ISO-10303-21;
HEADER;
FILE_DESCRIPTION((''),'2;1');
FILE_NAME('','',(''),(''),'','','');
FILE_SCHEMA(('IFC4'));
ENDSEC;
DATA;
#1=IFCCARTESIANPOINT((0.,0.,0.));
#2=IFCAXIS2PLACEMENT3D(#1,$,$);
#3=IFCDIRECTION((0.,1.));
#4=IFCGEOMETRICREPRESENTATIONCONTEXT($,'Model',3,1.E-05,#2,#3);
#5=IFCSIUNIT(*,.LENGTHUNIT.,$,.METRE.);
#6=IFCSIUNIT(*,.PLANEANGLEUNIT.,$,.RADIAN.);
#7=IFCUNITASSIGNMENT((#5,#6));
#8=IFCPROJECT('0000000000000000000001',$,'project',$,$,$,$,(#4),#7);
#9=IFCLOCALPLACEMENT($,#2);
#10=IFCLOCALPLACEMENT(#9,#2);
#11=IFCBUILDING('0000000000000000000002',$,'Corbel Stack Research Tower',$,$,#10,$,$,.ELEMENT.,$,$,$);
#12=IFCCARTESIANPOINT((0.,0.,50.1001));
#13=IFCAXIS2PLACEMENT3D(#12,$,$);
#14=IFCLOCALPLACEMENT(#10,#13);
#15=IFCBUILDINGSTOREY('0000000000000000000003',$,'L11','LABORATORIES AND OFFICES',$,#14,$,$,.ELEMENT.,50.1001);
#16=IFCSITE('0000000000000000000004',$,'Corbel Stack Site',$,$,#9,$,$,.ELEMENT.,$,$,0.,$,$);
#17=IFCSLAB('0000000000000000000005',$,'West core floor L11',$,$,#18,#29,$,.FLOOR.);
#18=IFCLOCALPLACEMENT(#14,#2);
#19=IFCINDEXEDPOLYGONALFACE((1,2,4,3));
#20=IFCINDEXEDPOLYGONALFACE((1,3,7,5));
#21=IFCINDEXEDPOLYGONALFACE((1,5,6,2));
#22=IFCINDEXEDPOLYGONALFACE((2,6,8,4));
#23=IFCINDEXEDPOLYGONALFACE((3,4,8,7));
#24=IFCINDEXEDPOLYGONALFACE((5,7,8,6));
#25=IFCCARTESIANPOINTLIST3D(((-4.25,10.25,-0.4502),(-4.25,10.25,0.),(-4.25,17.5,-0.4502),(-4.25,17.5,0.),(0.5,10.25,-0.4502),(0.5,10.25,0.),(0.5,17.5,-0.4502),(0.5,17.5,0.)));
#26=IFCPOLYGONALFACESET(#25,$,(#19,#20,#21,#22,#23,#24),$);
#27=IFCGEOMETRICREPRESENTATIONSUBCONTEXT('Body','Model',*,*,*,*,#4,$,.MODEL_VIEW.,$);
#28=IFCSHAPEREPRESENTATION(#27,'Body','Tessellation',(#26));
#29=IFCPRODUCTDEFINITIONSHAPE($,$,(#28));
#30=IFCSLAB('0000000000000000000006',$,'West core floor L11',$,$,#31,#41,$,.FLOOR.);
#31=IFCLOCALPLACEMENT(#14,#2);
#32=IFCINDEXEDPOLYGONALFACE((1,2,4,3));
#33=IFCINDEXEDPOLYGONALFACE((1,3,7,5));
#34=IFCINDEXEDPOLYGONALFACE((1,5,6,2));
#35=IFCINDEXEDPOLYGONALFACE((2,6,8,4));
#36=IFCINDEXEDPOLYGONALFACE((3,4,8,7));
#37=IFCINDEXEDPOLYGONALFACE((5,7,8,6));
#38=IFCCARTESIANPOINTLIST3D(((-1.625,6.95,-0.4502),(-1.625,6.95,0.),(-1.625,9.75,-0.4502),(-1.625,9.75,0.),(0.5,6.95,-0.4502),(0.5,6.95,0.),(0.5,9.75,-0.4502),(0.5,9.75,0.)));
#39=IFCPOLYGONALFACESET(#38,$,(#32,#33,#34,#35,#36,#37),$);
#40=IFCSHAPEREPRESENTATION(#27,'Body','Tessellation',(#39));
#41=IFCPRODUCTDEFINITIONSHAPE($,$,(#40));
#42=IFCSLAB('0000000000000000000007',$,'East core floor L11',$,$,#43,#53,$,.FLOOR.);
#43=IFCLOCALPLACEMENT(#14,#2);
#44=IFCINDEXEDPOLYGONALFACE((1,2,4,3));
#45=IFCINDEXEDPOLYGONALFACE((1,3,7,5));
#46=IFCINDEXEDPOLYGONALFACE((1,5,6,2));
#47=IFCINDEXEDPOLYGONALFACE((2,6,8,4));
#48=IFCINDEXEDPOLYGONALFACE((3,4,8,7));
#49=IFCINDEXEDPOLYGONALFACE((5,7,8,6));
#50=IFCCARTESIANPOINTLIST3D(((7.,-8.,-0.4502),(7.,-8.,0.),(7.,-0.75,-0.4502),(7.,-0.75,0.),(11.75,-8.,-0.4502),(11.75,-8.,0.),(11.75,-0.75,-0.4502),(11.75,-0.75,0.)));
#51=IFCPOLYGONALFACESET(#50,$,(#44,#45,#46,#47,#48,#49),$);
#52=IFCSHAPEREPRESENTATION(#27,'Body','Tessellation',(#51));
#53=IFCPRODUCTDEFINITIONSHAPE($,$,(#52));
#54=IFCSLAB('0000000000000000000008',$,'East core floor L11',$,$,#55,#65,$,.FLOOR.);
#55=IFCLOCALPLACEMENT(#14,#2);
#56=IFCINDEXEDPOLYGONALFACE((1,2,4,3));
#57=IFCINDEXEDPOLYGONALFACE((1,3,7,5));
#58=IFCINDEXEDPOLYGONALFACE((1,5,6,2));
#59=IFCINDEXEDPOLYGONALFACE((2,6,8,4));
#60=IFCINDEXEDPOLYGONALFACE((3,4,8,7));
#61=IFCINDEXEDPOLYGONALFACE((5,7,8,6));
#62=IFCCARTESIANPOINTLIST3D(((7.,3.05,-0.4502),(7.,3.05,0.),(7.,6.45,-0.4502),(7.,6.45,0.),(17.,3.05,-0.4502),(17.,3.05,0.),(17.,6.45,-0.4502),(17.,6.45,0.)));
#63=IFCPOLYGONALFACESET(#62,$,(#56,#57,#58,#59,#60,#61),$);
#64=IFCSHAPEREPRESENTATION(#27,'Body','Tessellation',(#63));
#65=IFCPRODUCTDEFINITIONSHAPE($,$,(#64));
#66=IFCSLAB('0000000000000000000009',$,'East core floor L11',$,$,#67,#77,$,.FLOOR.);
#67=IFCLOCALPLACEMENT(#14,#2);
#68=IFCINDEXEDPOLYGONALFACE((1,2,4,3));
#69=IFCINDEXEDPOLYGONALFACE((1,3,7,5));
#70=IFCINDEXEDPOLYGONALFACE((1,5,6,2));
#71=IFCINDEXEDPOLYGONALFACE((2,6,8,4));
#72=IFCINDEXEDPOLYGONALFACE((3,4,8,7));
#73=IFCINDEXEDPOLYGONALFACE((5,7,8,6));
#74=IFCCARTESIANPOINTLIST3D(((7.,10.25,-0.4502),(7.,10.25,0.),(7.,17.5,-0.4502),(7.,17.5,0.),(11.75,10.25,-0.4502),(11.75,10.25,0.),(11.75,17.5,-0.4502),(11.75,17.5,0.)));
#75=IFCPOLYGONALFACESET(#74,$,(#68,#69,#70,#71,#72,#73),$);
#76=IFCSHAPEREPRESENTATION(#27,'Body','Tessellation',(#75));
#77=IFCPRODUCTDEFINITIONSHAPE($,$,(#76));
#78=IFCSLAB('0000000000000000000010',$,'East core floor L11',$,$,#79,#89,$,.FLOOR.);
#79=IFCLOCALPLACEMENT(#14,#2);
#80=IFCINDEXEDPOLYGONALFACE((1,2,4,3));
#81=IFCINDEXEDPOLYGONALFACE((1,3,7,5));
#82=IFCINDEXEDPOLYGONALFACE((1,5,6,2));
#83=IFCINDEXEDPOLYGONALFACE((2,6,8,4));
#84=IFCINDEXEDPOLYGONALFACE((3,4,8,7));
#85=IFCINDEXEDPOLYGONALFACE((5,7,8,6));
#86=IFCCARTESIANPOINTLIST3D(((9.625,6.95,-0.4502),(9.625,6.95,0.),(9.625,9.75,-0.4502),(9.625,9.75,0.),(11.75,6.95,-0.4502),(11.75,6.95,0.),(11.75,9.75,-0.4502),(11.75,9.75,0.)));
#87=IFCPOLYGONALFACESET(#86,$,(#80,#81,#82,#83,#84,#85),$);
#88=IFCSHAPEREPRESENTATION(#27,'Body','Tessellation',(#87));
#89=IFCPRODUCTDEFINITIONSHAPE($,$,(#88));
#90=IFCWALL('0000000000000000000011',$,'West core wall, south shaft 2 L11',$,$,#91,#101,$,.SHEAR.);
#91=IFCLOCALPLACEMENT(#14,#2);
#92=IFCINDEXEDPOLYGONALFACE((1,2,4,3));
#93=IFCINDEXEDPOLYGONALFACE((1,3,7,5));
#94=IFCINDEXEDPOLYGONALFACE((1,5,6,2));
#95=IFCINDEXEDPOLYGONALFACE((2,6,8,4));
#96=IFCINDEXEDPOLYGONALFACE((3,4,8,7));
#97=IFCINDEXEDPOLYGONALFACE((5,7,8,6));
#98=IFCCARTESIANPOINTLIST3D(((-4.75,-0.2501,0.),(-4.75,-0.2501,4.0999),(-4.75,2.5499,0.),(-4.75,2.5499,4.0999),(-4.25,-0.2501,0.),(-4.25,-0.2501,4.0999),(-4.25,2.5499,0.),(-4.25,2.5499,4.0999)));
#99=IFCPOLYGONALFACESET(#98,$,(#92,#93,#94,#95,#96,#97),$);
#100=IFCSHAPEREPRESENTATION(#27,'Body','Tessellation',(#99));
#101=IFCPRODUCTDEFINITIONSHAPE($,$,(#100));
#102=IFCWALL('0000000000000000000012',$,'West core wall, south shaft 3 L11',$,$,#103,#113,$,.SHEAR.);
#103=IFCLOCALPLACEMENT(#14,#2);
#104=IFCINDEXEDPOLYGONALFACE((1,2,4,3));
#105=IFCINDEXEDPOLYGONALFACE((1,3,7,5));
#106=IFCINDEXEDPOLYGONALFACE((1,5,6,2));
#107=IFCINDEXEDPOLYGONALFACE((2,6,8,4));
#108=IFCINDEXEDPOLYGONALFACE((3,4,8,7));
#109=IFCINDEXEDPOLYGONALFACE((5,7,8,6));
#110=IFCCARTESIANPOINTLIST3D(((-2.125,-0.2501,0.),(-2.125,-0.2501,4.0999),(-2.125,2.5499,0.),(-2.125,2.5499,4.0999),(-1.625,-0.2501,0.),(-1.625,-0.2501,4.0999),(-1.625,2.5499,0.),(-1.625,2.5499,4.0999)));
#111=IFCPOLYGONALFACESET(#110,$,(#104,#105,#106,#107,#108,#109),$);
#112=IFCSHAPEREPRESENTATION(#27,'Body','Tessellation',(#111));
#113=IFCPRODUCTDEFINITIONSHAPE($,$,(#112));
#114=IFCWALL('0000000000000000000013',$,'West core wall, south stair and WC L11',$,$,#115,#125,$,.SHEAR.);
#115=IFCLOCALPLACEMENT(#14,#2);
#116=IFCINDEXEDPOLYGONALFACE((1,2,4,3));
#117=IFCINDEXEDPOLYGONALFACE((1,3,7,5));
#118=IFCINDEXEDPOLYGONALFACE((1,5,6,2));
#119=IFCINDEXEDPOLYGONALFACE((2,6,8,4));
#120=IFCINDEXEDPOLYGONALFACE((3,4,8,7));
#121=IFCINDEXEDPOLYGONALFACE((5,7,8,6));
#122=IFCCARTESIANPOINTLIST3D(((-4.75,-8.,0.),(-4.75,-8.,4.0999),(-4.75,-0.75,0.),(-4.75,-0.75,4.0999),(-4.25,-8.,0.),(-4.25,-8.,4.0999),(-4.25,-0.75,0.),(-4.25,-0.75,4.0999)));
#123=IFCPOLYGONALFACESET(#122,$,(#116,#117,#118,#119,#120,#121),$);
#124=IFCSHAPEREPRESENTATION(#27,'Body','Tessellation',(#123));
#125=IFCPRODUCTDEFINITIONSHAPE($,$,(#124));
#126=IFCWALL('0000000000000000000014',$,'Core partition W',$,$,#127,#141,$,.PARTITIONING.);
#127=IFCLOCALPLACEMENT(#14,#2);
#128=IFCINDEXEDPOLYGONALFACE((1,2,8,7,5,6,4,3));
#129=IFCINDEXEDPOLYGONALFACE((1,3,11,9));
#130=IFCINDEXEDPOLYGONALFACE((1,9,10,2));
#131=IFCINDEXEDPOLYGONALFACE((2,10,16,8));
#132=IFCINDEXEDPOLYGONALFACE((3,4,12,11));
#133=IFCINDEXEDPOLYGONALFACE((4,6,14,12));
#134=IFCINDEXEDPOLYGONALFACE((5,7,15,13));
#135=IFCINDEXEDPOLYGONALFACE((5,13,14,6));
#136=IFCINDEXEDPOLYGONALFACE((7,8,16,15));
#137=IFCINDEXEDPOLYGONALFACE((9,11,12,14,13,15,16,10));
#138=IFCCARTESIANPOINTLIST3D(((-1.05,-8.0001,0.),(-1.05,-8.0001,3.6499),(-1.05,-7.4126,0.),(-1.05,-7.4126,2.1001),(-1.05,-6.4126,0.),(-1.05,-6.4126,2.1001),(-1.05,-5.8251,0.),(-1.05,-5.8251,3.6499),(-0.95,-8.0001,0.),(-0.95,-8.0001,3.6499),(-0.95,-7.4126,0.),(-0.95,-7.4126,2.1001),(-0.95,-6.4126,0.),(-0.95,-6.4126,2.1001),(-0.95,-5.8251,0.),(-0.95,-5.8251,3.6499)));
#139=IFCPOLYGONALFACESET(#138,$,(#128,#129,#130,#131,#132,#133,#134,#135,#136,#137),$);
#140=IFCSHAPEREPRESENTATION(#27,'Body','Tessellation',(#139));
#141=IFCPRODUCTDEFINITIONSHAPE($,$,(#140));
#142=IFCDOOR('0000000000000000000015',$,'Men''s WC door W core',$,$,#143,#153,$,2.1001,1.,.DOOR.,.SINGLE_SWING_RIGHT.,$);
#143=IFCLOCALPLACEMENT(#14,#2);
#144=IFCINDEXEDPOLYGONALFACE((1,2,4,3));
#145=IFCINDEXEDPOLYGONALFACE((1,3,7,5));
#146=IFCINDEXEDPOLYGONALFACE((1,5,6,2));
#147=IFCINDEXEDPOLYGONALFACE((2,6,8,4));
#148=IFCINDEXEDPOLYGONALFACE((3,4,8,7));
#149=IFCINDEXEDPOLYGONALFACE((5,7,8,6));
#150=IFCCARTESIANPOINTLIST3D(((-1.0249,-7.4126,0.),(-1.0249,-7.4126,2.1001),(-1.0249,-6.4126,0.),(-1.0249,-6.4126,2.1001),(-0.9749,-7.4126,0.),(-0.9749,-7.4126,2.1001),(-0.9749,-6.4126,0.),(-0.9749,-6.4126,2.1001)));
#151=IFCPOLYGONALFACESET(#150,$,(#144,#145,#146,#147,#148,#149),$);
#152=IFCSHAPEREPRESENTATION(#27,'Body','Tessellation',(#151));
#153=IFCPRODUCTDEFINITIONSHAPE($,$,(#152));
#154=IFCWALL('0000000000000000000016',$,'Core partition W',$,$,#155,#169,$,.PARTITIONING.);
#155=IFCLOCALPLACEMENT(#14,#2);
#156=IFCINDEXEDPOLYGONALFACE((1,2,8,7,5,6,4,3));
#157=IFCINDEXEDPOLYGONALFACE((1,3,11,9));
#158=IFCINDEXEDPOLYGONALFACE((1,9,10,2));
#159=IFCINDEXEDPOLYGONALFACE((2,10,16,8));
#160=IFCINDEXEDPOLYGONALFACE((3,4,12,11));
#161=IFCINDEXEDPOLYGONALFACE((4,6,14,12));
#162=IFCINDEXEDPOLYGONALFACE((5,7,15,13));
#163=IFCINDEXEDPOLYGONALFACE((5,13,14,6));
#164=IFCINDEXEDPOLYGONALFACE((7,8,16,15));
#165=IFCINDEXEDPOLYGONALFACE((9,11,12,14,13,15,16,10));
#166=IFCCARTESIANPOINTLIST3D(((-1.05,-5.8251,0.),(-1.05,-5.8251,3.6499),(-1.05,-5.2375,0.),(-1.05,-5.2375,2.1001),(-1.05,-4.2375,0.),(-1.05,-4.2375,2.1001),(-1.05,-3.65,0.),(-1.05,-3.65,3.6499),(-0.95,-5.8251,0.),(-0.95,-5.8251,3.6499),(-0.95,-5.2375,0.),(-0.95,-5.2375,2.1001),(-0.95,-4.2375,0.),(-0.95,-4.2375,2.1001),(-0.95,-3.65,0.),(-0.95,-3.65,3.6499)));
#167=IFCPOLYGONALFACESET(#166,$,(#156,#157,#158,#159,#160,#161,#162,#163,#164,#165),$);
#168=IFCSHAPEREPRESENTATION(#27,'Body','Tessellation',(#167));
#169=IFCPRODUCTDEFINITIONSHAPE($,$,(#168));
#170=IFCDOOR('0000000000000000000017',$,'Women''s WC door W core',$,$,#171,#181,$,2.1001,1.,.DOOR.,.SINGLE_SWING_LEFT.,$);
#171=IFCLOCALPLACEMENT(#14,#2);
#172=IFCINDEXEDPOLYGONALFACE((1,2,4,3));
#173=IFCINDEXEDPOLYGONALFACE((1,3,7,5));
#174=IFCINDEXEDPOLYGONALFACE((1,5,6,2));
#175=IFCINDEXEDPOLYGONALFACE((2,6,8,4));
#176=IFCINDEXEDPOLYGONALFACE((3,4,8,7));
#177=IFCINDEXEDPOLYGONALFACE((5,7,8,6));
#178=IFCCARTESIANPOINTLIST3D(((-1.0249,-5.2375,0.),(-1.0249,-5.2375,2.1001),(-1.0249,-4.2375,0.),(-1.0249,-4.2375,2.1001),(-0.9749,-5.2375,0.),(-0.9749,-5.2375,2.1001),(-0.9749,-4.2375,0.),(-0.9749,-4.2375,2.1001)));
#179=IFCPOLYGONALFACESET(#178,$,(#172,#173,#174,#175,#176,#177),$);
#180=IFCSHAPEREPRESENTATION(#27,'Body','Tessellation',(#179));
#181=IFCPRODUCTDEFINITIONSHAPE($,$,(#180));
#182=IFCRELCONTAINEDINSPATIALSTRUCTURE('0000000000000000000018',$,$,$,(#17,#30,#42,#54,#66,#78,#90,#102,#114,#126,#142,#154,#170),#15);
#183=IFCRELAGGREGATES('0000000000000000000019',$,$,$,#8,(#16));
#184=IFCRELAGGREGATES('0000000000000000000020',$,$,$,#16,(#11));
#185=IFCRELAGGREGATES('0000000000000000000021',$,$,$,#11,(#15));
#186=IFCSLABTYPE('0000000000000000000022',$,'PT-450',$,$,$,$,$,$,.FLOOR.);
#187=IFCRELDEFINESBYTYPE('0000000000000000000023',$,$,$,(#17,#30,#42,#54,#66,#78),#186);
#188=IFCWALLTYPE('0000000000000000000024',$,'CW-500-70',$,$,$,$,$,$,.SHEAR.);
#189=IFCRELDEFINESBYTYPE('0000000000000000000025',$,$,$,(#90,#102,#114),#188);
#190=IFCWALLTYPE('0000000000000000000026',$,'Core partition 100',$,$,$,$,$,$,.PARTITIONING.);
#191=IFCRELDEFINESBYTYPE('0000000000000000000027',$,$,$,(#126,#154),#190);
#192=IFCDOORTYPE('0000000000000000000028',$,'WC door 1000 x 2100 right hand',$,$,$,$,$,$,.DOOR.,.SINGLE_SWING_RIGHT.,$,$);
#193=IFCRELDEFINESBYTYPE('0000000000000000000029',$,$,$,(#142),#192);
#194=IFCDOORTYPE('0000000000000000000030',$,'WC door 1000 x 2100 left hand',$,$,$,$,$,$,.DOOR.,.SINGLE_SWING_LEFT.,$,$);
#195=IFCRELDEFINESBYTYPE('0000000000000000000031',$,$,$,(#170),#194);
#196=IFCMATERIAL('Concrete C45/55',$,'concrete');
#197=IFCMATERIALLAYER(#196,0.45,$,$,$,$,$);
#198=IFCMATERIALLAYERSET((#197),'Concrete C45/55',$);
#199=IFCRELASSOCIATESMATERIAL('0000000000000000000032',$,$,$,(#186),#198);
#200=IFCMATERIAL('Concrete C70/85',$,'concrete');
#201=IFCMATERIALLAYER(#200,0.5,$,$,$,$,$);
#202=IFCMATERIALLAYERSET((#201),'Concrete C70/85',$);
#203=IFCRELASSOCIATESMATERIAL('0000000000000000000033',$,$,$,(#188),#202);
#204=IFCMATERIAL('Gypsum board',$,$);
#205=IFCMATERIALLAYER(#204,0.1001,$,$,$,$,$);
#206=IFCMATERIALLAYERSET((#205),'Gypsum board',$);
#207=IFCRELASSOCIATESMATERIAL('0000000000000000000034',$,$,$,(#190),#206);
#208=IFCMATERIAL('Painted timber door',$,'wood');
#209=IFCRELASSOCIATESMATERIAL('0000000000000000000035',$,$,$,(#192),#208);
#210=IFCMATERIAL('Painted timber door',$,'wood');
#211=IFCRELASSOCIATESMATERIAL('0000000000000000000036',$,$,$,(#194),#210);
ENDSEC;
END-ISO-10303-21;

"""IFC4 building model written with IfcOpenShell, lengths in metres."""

from ifc_helpers import new_model, si_unit, direction, frame, frame_2d, origin, place, context, subcontext, project, spatial, polyline, rectangle, outline, extrude, material, layer, layer_set, type_object, element, fill, save


model = new_model("IFC4")

# Units and contexts
model_context = context("Model", 3, precision=1e-05, world=origin(), true_north=direction((0.0, 1.0)))
body_context = subcontext(model_context, "Body", "Model", "MODEL_VIEW")
ifc_project = project(units=[si_unit("LENGTHUNIT", "METRE"), si_unit("PLANEANGLEUNIT", "RADIAN")], contexts=[model_context])

# Site, building, storey
site_placement = place(None, origin())
site = spatial("IfcSite", under=ifc_project, at=site_placement, Name="Corbel Stack Site", CompositionType="ELEMENT", RefElevation=0.0)
building_placement = place(site_placement, origin())
building = spatial("IfcBuilding", under=site, at=building_placement, Name="Corbel Stack Research Tower", CompositionType="ELEMENT")
storey_placement = place(building_placement, frame((0.0, 0.0, 50.1001)))
storey = spatial("IfcBuildingStorey", under=building, at=storey_placement, Name="L11", Description="LABORATORIES AND OFFICES", CompositionType="ELEMENT", Elevation=50.1001)

# Slabs
ifc_material_1 = material(Name="Concrete C45/55", Category="concrete")
ifc_layer_1 = layer(ifc_material_1, 0.45)
ifc_layer_set_1 = layer_set([ifc_layer_1], Name="Concrete C45/55")
slab_type = type_object("IfcSlabType", Name="PT-450", PredefinedType="FLOOR", material=ifc_layer_set_1)
slab_1_placement = place(storey_placement, frame((0.0, 0.0, -0.4502)))
element("IfcSlab", 1, at=slab_1_placement, inside=storey, type_object=slab_type, Name="West core floor L11", PredefinedType="FLOOR", context=body_context, shape_type="SweptSolid", body=[
    extrude(outline(polyline([(-4.25, 17.5), (-4.25, 10.25), (0.5, 10.25), (0.5, 17.5), (-4.25, 17.5)])), origin(), (0.0, 0.0, 1.0), 0.4502),
])
slab_2_placement = place(storey_placement, frame((0.0, 0.0, -0.4502)))
element("IfcSlab", 2, at=slab_2_placement, inside=storey, type_object=slab_type, Name="West core floor L11", PredefinedType="FLOOR", context=body_context, shape_type="SweptSolid", body=[
    extrude(outline(polyline([(0.5, 6.95), (0.5, 9.75), (-1.625, 9.75), (-1.625, 6.95), (0.5, 6.95)])), origin(), (0.0, 0.0, 1.0), 0.4502),
])
slab_3_placement = place(storey_placement, frame((0.0, 0.0, -0.4502)))
element("IfcSlab", 3, at=slab_3_placement, inside=storey, type_object=slab_type, Name="East core floor L11", PredefinedType="FLOOR", context=body_context, shape_type="SweptSolid", body=[
    extrude(outline(polyline([(7.0, -0.75), (7.0, -8.0), (11.75, -8.0), (11.75, -0.75), (7.0, -0.75)])), origin(), (0.0, 0.0, 1.0), 0.4502),
])
slab_4_placement = place(storey_placement, frame((0.0, 0.0, -0.4502)))
element("IfcSlab", 4, at=slab_4_placement, inside=storey, type_object=slab_type, Name="East core floor L11", PredefinedType="FLOOR", context=body_context, shape_type="SweptSolid", body=[
    extrude(outline(polyline([(7.0, 6.45), (7.0, 3.05), (17.0, 3.05), (17.0, 6.45), (7.0, 6.45)])), origin(), (0.0, 0.0, 1.0), 0.4502),
])
slab_5_placement = place(storey_placement, frame((0.0, 0.0, -0.4502)))
element("IfcSlab", 5, at=slab_5_placement, inside=storey, type_object=slab_type, Name="East core floor L11", PredefinedType="FLOOR", context=body_context, shape_type="SweptSolid", body=[
    extrude(outline(polyline([(7.0, 17.5), (7.0, 10.25), (11.75, 10.25), (11.75, 17.5), (7.0, 17.5)])), origin(), (0.0, 0.0, 1.0), 0.4502),
])
slab_6_placement = place(storey_placement, frame((0.0, 0.0, -0.4502)))
element("IfcSlab", 6, at=slab_6_placement, inside=storey, type_object=slab_type, Name="East core floor L11", PredefinedType="FLOOR", context=body_context, shape_type="SweptSolid", body=[
    extrude(outline(polyline([(9.625, 6.95), (11.75, 6.95), (11.75, 9.75), (9.625, 9.75), (9.625, 6.95)])), origin(), (0.0, 0.0, 1.0), 0.4502),
])

# Walls
ifc_material_2 = material(Name="Concrete C70/85", Category="concrete")
ifc_layer_2 = layer(ifc_material_2, 0.5)
ifc_layer_set_2 = layer_set([ifc_layer_2], Name="Concrete C70/85")
wall_type_1 = type_object("IfcWallType", Name="CW-500-70", PredefinedType="SHEAR", material=ifc_layer_set_2)
for number, where, z_axis, x_axis, name in (
    (7, (-4.5, -0.25, 0.0), (0.0, 0.0, 1.0), (0.0, 1.0, 0.0), "West core wall, south shaft 2 L11"),
    (8, (-1.875, -0.25, 0.0), (0.0, 0.0, 1.0), (0.0, 1.0, 0.0), "West core wall, south shaft 3 L11"),
):
    element("IfcWall", number, at=place(storey_placement, frame(where, z_axis=z_axis, x_axis=x_axis)), inside=storey, type_object=wall_type_1, Name=name, PredefinedType="SHEAR", context=body_context, shape_type="SweptSolid", body=[
        extrude(rectangle(XDim=2.8, YDim=0.5, at=frame_2d((1.3999, 0.0))), origin(), (0.0, 0.0, 1.0), 4.0999),
    ])
wall_1_placement = place(storey_placement, frame((-4.5, -8.0, 0.0), z_axis=(0.0, 0.0, 1.0), x_axis=(0.0, 1.0, 0.0)))
element("IfcWall", 9, at=wall_1_placement, inside=storey, type_object=wall_type_1, Name="West core wall, south stair and WC L11", PredefinedType="SHEAR", context=body_context, shape_type="SweptSolid", body=[
    extrude(rectangle(XDim=7.25, YDim=0.5, at=frame_2d((3.625, 0.0))), origin(), (0.0, 0.0, 1.0), 4.0999),
])

# Walls, openings, doors
ifc_material_3 = material(Name="Gypsum board")
ifc_layer_3 = layer(ifc_material_3, 0.1001)
ifc_layer_set_3 = layer_set([ifc_layer_3], Name="Gypsum board")
wall_type_2 = type_object("IfcWallType", Name="Core partition 100", PredefinedType="PARTITIONING", material=ifc_layer_set_3)
wall_2_placement = place(storey_placement, frame((-1.0, -8.0, 0.0), z_axis=(0.0, 0.0, 1.0), x_axis=(0.0, 1.0, 0.0)))
wall_2 = element("IfcWall", 10, at=wall_2_placement, inside=storey, type_object=wall_type_2, Name="Core partition W", PredefinedType="PARTITIONING", context=body_context, shape_type="SweptSolid", body=[
    extrude(rectangle(XDim=2.175, YDim=0.1001, at=frame_2d((1.0874, 0.0))), origin(), (0.0, 0.0, 1.0), 3.6499),
])
opening_1_placement = place(wall_2_placement, frame((0.5874, 0.0, 0.0)))
opening_1 = element("IfcOpeningElement", 11, at=opening_1_placement, cuts=wall_2, PredefinedType="OPENING", context=body_context, shape_type="SweptSolid", body=[
    extrude(rectangle(XDim=1.0, YDim=2.1001, at=frame_2d((0.5, 1.05))), frame((0.0, 0.0601, 0.0), z_axis=(0.0, -1.0, 0.0), x_axis=(1.0, 0.0, 0.0)), (0.0, 0.0, 1.0), 0.1201),
])
ifc_material_4 = material(Name="Painted timber door", Category="wood")
door_type_1 = type_object("IfcDoorType", Name="WC door 1000 x 2100 right hand", OperationType="SINGLE_SWING_RIGHT", PredefinedType="DOOR", material=ifc_material_4)
door_1_placement = place(opening_1_placement, origin())
door_1 = element("IfcDoor", 12, at=door_1_placement, inside=storey, type_object=door_type_1, Name="Men's WC door W core", OperationType="SINGLE_SWING_RIGHT", OverallHeight=2.1001, OverallWidth=1.0, PredefinedType="DOOR", context=body_context, shape_type="SweptSolid", body=[
    extrude(rectangle(XDim=1.0, YDim=2.1001, at=frame_2d((0.5, 1.05))), frame((0.0, 0.0249, 0.0), z_axis=(0.0, -1.0, 0.0), x_axis=(1.0, 0.0, 0.0)), (0.0, 0.0, 1.0), 0.05),
])
fill(opening_1, door_1)
wall_3_placement = place(storey_placement, frame((-1.0, -5.825, 0.0), z_axis=(0.0, 0.0, 1.0), x_axis=(0.0, 1.0, 0.0)))
wall_3 = element("IfcWall", 13, at=wall_3_placement, inside=storey, type_object=wall_type_2, Name="Core partition W", PredefinedType="PARTITIONING", context=body_context, shape_type="SweptSolid", body=[
    extrude(rectangle(XDim=2.175, YDim=0.1001, at=frame_2d((1.0874, 0.0))), origin(), (0.0, 0.0, 1.0), 3.6499),
])
opening_2_placement = place(wall_3_placement, frame((0.5874, 0.0, 0.0)))
opening_2 = element("IfcOpeningElement", 14, at=opening_2_placement, cuts=wall_3, PredefinedType="OPENING", context=body_context, shape_type="SweptSolid", body=[
    extrude(rectangle(XDim=1.0, YDim=2.1001, at=frame_2d((0.5, 1.05))), frame((0.0, 0.0601, 0.0), z_axis=(0.0, -1.0, 0.0), x_axis=(1.0, 0.0, 0.0)), (0.0, 0.0, 1.0), 0.1201),
])
ifc_material_5 = material(Name="Painted timber door", Category="wood")
door_type_2 = type_object("IfcDoorType", Name="WC door 1000 x 2100 left hand", OperationType="SINGLE_SWING_LEFT", PredefinedType="DOOR", material=ifc_material_5)
door_2_placement = place(opening_2_placement, origin())
door_2 = element("IfcDoor", 15, at=door_2_placement, inside=storey, type_object=door_type_2, Name="Women's WC door W core", OperationType="SINGLE_SWING_LEFT", OverallHeight=2.1001, OverallWidth=1.0, PredefinedType="DOOR", context=body_context, shape_type="SweptSolid", body=[
    extrude(rectangle(XDim=1.0, YDim=2.1001, at=frame_2d((0.5, 1.05))), frame((0.0, 0.0249, 0.0), z_axis=(0.0, -1.0, 0.0), x_axis=(1.0, 0.0, 0.0)), (0.0, 0.0, 1.0), 0.05),
])
fill(opening_2, door_2)

save(model, "model.ifc")
